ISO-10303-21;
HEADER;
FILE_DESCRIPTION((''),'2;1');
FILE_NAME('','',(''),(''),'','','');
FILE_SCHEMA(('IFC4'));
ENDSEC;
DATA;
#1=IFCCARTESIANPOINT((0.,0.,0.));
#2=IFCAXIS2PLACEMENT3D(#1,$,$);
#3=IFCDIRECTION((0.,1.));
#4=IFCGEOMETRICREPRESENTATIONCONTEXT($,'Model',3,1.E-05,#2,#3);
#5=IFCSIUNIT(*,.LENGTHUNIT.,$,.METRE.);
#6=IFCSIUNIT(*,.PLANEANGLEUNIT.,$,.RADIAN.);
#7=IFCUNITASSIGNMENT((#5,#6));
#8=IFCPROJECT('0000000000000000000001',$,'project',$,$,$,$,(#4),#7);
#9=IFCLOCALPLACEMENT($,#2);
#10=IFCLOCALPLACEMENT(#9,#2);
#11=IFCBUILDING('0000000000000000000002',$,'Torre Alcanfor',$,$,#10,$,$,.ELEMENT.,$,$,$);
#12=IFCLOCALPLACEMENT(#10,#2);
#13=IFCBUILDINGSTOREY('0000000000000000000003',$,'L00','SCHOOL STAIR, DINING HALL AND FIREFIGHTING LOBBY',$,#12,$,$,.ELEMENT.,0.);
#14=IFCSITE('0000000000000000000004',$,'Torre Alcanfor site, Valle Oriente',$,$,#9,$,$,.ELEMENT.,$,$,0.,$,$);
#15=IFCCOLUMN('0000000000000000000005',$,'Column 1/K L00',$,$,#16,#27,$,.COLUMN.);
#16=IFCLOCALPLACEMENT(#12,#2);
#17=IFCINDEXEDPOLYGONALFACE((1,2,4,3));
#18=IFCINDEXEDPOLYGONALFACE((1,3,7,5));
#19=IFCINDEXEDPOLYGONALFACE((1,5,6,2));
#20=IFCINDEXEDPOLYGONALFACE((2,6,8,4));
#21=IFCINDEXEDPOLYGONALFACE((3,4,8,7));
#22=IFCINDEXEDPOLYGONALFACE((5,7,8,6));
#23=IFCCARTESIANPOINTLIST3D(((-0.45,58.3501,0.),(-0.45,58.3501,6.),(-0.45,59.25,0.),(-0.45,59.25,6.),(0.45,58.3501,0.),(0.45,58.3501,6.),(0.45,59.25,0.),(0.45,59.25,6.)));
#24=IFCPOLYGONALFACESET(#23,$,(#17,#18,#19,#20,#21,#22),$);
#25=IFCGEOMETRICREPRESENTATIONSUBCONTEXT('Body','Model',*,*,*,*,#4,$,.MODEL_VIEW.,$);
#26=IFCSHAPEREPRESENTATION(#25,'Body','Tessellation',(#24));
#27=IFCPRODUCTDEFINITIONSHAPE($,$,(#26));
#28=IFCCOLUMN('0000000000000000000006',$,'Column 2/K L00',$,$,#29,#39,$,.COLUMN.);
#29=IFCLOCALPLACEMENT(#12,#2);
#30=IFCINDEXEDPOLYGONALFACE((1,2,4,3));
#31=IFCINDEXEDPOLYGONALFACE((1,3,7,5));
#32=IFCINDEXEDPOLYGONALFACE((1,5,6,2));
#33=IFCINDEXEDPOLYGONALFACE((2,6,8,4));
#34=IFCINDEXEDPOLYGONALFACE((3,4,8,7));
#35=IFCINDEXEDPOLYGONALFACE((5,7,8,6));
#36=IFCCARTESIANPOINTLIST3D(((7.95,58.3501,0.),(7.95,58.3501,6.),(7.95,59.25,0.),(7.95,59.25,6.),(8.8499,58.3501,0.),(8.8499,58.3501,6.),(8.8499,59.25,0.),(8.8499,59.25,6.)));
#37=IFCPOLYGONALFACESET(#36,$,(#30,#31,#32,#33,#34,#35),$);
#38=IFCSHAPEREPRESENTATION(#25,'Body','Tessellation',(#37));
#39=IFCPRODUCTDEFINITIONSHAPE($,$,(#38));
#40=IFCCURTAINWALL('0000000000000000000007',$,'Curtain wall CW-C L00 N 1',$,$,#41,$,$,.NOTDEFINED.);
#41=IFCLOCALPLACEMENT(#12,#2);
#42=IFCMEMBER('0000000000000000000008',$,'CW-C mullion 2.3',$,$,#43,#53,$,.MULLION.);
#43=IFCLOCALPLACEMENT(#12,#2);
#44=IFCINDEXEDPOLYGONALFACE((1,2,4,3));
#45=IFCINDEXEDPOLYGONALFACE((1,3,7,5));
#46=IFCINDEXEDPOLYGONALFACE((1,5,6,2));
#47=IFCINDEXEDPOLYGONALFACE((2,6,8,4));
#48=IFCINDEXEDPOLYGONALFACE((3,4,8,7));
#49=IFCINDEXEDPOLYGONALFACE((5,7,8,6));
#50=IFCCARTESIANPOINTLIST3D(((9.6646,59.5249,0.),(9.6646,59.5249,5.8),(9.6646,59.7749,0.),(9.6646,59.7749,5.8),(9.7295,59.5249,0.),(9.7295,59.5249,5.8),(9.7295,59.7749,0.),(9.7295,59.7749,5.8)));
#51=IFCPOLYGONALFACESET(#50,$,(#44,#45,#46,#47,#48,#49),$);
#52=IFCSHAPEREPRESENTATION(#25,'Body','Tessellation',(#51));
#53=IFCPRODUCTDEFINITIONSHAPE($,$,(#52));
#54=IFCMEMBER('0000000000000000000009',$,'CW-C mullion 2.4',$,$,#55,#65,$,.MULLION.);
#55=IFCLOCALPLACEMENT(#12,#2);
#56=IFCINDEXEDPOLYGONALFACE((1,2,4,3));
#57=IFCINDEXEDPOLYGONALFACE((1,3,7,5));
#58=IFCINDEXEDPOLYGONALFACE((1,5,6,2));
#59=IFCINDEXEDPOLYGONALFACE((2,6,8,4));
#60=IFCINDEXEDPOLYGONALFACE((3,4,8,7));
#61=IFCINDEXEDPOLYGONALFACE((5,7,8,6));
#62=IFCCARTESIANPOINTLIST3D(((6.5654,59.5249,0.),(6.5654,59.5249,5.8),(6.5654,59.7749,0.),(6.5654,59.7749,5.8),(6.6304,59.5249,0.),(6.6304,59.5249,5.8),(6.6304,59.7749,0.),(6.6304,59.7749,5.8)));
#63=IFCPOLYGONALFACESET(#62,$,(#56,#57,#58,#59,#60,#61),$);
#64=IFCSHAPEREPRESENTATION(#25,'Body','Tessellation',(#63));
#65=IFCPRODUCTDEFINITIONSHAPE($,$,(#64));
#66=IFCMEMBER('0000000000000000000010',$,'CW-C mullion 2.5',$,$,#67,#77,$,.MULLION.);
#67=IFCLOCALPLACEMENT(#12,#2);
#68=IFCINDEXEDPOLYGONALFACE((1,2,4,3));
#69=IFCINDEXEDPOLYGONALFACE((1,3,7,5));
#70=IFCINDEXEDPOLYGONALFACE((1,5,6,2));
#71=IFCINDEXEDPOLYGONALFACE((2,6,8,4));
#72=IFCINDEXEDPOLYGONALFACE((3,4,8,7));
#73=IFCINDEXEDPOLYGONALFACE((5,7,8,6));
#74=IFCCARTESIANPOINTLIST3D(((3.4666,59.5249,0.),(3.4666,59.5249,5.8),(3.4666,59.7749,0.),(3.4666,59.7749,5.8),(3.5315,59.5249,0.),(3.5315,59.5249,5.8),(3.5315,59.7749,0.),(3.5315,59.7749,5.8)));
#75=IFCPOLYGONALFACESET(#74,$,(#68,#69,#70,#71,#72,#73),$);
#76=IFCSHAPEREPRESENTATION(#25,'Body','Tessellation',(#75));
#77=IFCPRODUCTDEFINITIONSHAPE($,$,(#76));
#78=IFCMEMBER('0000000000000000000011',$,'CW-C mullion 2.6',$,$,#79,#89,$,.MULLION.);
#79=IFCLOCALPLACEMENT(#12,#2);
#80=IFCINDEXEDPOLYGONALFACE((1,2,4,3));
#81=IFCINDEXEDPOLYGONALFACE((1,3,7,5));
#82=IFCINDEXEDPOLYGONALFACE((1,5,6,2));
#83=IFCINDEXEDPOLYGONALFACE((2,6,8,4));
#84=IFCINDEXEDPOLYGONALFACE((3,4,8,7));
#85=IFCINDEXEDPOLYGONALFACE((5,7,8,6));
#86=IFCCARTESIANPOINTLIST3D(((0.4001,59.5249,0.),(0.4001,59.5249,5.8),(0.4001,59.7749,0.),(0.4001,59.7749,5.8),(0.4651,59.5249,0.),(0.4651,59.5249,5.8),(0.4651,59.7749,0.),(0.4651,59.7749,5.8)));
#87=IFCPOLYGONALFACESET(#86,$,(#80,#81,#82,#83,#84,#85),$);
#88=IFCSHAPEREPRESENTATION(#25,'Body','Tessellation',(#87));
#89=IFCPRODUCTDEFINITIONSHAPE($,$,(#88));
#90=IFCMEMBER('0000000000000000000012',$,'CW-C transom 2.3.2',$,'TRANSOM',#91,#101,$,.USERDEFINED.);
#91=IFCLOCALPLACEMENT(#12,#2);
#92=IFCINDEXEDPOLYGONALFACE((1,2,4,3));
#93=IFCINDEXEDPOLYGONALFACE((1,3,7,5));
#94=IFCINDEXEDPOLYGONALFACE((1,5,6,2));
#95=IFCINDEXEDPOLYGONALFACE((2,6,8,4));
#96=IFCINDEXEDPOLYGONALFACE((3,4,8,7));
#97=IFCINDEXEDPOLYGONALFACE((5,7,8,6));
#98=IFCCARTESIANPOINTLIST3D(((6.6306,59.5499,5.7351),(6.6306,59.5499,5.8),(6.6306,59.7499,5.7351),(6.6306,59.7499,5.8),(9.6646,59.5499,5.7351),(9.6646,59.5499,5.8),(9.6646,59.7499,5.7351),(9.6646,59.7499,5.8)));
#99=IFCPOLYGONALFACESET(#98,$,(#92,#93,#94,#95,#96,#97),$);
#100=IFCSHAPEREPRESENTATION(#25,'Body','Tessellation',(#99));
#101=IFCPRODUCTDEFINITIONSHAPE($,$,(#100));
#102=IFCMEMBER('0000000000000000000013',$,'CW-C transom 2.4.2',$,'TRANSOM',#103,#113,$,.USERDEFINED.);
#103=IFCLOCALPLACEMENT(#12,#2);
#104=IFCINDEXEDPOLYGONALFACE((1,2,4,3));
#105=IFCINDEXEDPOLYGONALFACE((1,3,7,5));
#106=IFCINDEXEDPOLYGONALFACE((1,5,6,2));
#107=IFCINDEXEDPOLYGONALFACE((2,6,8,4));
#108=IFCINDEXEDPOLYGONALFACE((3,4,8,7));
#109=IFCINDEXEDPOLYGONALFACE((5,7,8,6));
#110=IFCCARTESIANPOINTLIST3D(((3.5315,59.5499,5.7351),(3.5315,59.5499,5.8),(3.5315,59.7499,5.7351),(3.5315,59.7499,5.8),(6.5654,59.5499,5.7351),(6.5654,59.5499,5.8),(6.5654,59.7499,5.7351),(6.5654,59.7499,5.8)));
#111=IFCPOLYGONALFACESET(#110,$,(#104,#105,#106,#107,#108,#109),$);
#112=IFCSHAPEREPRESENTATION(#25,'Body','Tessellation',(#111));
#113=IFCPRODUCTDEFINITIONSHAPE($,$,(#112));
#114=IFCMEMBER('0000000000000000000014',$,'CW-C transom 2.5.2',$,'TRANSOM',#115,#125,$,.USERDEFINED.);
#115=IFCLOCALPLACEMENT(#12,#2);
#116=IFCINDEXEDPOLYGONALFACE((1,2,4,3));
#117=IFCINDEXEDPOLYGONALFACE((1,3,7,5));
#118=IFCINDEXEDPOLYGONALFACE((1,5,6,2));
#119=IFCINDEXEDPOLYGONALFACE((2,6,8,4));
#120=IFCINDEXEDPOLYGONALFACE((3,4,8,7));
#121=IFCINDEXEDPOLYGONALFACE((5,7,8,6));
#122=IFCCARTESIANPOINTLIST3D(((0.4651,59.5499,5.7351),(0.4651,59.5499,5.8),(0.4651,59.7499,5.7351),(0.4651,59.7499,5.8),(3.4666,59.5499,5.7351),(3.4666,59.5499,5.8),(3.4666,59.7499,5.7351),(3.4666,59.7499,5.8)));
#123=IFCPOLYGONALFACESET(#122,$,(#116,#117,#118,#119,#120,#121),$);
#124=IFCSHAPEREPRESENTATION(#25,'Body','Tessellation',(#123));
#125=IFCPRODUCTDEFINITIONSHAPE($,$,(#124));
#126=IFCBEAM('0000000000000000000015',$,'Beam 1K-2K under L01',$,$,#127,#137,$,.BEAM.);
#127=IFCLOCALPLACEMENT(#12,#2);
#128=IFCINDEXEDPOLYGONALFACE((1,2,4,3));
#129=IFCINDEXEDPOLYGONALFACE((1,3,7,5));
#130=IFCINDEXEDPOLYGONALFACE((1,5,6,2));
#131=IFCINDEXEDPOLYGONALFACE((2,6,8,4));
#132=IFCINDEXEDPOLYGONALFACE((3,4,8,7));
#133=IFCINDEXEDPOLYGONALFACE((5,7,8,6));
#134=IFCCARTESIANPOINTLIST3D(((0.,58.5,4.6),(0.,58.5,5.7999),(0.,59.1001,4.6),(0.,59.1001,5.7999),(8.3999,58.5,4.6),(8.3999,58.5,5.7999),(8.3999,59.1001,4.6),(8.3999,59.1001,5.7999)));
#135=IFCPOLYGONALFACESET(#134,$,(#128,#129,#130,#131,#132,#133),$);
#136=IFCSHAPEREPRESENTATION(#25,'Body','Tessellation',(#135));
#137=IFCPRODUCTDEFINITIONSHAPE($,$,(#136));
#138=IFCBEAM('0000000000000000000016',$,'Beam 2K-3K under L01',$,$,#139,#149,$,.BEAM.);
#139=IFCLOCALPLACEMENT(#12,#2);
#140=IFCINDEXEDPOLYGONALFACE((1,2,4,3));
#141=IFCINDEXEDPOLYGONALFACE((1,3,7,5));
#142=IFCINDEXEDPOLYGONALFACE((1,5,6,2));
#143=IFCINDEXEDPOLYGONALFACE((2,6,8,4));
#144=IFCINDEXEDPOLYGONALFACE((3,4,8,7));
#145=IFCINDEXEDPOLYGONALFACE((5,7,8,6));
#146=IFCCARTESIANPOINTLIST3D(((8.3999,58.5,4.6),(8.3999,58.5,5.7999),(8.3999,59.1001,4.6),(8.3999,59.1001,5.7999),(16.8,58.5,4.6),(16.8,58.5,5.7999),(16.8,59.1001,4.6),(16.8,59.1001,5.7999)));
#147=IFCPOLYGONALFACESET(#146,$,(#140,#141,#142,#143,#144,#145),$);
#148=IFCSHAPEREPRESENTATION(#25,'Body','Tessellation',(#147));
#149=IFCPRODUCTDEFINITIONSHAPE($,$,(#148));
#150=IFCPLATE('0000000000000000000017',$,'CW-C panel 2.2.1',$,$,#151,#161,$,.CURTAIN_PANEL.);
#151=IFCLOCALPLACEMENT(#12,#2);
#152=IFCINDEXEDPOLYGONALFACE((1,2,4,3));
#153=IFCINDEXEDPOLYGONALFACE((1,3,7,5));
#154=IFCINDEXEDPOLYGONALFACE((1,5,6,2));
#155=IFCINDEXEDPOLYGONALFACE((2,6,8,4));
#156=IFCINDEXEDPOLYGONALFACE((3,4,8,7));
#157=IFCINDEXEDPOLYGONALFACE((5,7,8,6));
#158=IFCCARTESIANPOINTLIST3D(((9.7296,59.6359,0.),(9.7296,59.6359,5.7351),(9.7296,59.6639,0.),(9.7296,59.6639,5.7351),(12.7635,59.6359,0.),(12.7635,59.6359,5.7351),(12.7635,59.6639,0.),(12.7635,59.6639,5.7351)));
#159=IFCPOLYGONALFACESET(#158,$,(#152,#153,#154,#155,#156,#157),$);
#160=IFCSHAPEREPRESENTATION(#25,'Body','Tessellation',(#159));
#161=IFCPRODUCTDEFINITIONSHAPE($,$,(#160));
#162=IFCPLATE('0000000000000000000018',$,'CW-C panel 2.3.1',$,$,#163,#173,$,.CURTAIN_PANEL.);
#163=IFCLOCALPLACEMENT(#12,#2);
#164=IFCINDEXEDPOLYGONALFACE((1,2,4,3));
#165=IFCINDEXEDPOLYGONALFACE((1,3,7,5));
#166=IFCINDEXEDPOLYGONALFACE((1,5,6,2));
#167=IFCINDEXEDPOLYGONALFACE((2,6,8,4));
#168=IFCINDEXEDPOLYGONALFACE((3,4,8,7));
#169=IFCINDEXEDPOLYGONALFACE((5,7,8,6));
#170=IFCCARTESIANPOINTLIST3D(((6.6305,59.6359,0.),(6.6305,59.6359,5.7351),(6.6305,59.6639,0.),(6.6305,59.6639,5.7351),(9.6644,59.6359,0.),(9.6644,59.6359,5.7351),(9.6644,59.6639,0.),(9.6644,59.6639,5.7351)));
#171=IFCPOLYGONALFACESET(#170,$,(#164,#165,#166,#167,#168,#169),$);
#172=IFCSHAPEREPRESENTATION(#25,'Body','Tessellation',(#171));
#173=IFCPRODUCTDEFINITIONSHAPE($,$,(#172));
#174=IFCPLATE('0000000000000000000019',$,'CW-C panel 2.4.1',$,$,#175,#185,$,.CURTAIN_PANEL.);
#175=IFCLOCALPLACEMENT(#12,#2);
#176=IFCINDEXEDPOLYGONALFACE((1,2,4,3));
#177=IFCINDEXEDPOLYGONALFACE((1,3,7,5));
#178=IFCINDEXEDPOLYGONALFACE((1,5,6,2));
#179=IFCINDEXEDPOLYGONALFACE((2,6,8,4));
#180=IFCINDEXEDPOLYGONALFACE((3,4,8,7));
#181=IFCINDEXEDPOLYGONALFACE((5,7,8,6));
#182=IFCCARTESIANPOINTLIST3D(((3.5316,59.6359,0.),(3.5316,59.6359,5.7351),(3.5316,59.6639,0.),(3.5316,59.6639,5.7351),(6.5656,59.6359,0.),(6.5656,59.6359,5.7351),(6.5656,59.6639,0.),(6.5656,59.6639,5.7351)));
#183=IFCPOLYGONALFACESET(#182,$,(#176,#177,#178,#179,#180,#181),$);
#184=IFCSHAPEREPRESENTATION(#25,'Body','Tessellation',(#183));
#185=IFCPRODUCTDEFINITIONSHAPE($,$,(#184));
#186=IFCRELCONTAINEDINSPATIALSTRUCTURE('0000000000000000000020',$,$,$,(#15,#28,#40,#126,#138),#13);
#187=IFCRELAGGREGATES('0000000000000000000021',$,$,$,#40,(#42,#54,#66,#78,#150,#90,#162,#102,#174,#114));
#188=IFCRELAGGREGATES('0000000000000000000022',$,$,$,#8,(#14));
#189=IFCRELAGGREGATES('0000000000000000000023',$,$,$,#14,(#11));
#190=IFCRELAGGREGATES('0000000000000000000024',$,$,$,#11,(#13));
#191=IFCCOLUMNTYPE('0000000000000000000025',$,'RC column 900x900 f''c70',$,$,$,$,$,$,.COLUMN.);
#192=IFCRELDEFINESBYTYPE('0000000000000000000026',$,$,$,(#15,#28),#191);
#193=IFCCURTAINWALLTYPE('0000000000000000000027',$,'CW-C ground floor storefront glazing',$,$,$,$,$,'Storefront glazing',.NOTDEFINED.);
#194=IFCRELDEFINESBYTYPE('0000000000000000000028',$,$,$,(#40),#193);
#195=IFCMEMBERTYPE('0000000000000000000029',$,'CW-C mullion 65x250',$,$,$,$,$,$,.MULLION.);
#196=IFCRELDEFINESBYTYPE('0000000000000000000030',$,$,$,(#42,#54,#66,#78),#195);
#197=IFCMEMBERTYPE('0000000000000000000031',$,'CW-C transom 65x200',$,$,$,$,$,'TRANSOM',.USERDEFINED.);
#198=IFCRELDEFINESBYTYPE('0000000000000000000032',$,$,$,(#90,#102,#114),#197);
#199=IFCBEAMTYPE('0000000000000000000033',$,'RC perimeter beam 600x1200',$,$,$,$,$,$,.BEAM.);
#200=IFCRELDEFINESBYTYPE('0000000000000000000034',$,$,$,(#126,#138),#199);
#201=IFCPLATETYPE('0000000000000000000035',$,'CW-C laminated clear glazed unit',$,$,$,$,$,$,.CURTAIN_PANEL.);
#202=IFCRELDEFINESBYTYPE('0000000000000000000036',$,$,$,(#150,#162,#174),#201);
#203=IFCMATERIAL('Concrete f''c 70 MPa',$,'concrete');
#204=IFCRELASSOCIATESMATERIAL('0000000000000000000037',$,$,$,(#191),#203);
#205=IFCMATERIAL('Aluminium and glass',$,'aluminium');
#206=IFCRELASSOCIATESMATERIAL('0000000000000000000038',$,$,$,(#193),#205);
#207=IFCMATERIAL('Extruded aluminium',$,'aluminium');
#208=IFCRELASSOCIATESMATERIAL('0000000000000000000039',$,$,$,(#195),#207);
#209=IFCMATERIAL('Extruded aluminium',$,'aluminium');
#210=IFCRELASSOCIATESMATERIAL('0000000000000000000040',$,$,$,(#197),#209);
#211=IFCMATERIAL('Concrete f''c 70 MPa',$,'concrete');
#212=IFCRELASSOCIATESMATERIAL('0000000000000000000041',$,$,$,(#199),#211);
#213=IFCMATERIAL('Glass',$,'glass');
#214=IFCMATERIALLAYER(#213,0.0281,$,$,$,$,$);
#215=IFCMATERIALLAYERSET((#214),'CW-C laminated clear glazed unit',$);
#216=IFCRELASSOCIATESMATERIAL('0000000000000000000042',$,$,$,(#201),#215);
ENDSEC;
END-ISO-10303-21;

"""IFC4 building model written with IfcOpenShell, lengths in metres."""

from ifc_helpers import new_model, si_unit, direction, frame, origin, origin_2d, place, context, subcontext, project, spatial, rectangle, extrude, material, layer, layer_set, material_profile, profile_set, type_object, element, aggregate, save


model = new_model("IFC4")

# Units and contexts
model_context = context("Model", 3, precision=1e-05, world=origin(), true_north=direction((0.0, 1.0)))
body_context = subcontext(model_context, "Body", "Model", "MODEL_VIEW")
ifc_project = project(units=[si_unit("LENGTHUNIT", "METRE"), si_unit("PLANEANGLEUNIT", "RADIAN")], contexts=[model_context])

# Site, building, storey
site_placement = place(None, origin())
site = spatial("IfcSite", under=ifc_project, at=site_placement, Name="Torre Alcanfor site, Valle Oriente", CompositionType="ELEMENT", RefElevation=0.0)
building_placement = place(site_placement, origin())
building = spatial("IfcBuilding", under=site, at=building_placement, Name="Torre Alcanfor", CompositionType="ELEMENT")
storey_placement = place(building_placement, origin())
storey = spatial("IfcBuildingStorey", under=building, at=storey_placement, Name="L00", Description="SCHOOL STAIR, DINING HALL AND FIREFIGHTING LOBBY", CompositionType="ELEMENT", Elevation=0.0)

# Columns
ifc_material_1 = material(Name="Concrete f'c 70 MPa", Category="concrete")
ifc_material_profile_1 = material_profile(ifc_material_1, rectangle(XDim=0.8999, YDim=0.8999, at=origin_2d()), Name="900x900")
ifc_profile_set_1 = profile_set([ifc_material_profile_1], Name="Concrete f'c 70 MPa")
column_type = type_object("IfcColumnType", Name="RC column 900x900 f'c70", PredefinedType="COLUMN", material=ifc_profile_set_1)
for number, where, z_axis, x_axis, name in (
    (1, (0.0, 58.8, 0.0), (0.0, 0.0, 1.0), (1.0, 0.0, 0.0), "Column 1/K L00"),
    (2, (8.3999, 58.8, 0.0), (0.0, 0.0, 1.0), (1.0, 0.0, 0.0), "Column 2/K L00"),
):
    element("IfcColumn", number, at=place(storey_placement, frame(where, z_axis=z_axis, x_axis=x_axis)), inside=storey, type_object=column_type, Name=name, PredefinedType="COLUMN", context=body_context, shape_type="SweptSolid", body=[
        extrude(rectangle(XDim=0.8999, YDim=0.8999, at=origin_2d()), origin(), (0.0, 0.0, 1.0), 6.0),
    ])

# Curtain wall, members
ifc_material_2 = material(Name="Aluminium and glass", Category="aluminium")
curtain_wall_type = type_object("IfcCurtainWallType", Name="CW-C ground floor storefront glazing", ElementType="Storefront glazing", PredefinedType="NOTDEFINED", material=ifc_material_2)
curtain_wall_placement = place(storey_placement, origin())
curtain_wall = element("IfcCurtainWall", 3, at=curtain_wall_placement, inside=storey, type_object=curtain_wall_type, Name="Curtain wall CW-C L00 N 1", PredefinedType="NOTDEFINED")
ifc_material_3 = material(Name="Extruded aluminium", Category="aluminium")
ifc_material_profile_2 = material_profile(ifc_material_3, rectangle(XDim=0.25, YDim=0.0649, at=origin_2d()), Name="CW-C mullion 65x250")
ifc_profile_set_2 = profile_set([ifc_material_profile_2], Name="Extruded aluminium")
member_type_1 = type_object("IfcMemberType", Name="CW-C mullion 65x250", PredefinedType="MULLION", material=ifc_profile_set_2)
member_1_placement = place(storey_placement, frame((9.697, 59.6499, 0.0), z_axis=(0.0, 0.0, 1.0), x_axis=(0.0, -1.0, 0.0)))
member_1 = element("IfcMember", 4, at=member_1_placement, type_object=member_type_1, Name="CW-C mullion 2.3", PredefinedType="MULLION", context=body_context, shape_type="SweptSolid", body=[
    extrude(rectangle(XDim=0.25, YDim=0.0649, at=origin_2d()), origin(), (0.0, 0.0, 1.0), 5.8),
])
member_2_placement = place(storey_placement, frame((6.5979, 59.6499, 0.0), z_axis=(0.0, 0.0, 1.0), x_axis=(0.0, -1.0, 0.0)))
member_2 = element("IfcMember", 5, at=member_2_placement, type_object=member_type_1, Name="CW-C mullion 2.4", PredefinedType="MULLION", context=body_context, shape_type="SweptSolid", body=[
    extrude(rectangle(XDim=0.25, YDim=0.0649, at=origin_2d()), origin(), (0.0, 0.0, 1.0), 5.8),
])
member_3_placement = place(storey_placement, frame((3.499, 59.6499, 0.0), z_axis=(0.0, 0.0, 1.0), x_axis=(0.0, -1.0, 0.0)))
member_3 = element("IfcMember", 6, at=member_3_placement, type_object=member_type_1, Name="CW-C mullion 2.5", PredefinedType="MULLION", context=body_context, shape_type="SweptSolid", body=[
    extrude(rectangle(XDim=0.25, YDim=0.0649, at=origin_2d()), origin(), (0.0, 0.0, 1.0), 5.8),
])
member_4_placement = place(storey_placement, frame((0.4326, 59.6499, 0.0), z_axis=(0.0, 0.0, 1.0), x_axis=(0.0, -1.0, 0.0)))
member_4 = element("IfcMember", 7, at=member_4_placement, type_object=member_type_1, Name="CW-C mullion 2.6", PredefinedType="MULLION", context=body_context, shape_type="SweptSolid", body=[
    extrude(rectangle(XDim=0.25, YDim=0.0649, at=origin_2d()), origin(), (0.0, 0.0, 1.0), 5.8),
])
ifc_material_4 = material(Name="Extruded aluminium", Category="aluminium")
ifc_material_profile_3 = material_profile(ifc_material_4, rectangle(XDim=0.2, YDim=0.0649, at=origin_2d()), Name="CW-C transom 200x65")
ifc_profile_set_3 = profile_set([ifc_material_profile_3], Name="Extruded aluminium")
member_type_2 = type_object("IfcMemberType", Name="CW-C transom 65x200", ElementType="TRANSOM", PredefinedType="USERDEFINED", material=ifc_profile_set_3)
member_5_placement = place(storey_placement, frame((9.6646, 59.6499, 5.7676), z_axis=(-1.0, 0.0, 0.0), x_axis=(0.0, -1.0, 0.0)))
member_5 = element("IfcMember", 8, at=member_5_placement, type_object=member_type_2, Name="CW-C transom 2.3.2", ObjectType="TRANSOM", PredefinedType="USERDEFINED", context=body_context, shape_type="SweptSolid", body=[
    extrude(rectangle(XDim=0.2, YDim=0.0649, at=origin_2d()), origin(), (0.0, 0.0, 1.0), 3.0339),
])
member_6_placement = place(storey_placement, frame((6.5654, 59.6499, 5.7676), z_axis=(-1.0, 0.0, 0.0), x_axis=(0.0, -1.0, 0.0)))
member_6 = element("IfcMember", 9, at=member_6_placement, type_object=member_type_2, Name="CW-C transom 2.4.2", ObjectType="TRANSOM", PredefinedType="USERDEFINED", context=body_context, shape_type="SweptSolid", body=[
    extrude(rectangle(XDim=0.2, YDim=0.0649, at=origin_2d()), origin(), (0.0, 0.0, 1.0), 3.0339),
])
member_7_placement = place(storey_placement, frame((3.4666, 59.6499, 5.7676), z_axis=(-1.0, 0.0, 0.0), x_axis=(0.0, -1.0, 0.0)))
member_7 = element("IfcMember", 10, at=member_7_placement, type_object=member_type_2, Name="CW-C transom 2.5.2", ObjectType="TRANSOM", PredefinedType="USERDEFINED", context=body_context, shape_type="SweptSolid", body=[
    extrude(rectangle(XDim=0.2, YDim=0.0649, at=origin_2d()), origin(), (0.0, 0.0, 1.0), 3.0015),
])

# Beams
ifc_material_5 = material(Name="Concrete f'c 70 MPa", Category="concrete")
ifc_material_profile_4 = material_profile(ifc_material_5, rectangle(XDim=0.6001, YDim=1.2, at=origin_2d()), Name="600x1200")
ifc_profile_set_4 = profile_set([ifc_material_profile_4], Name="Concrete f'c 70 MPa")
beam_type = type_object("IfcBeamType", Name="RC perimeter beam 600x1200", PredefinedType="BEAM", material=ifc_profile_set_4)
beam_1_placement = place(storey_placement, frame((0.0, 58.8, 5.2), z_axis=(1.0, 0.0, 0.0), x_axis=(0.0, 1.0, 0.0)))
element("IfcBeam", 11, at=beam_1_placement, inside=storey, type_object=beam_type, Name="Beam 1K-2K under L01", PredefinedType="BEAM", context=body_context, shape_type="SweptSolid", body=[
    extrude(rectangle(XDim=0.6001, YDim=1.2, at=origin_2d()), origin(), (0.0, 0.0, 1.0), 8.3999),
])
beam_2_placement = place(storey_placement, frame((8.3999, 58.8, 5.2), z_axis=(1.0, 0.0, 0.0), x_axis=(0.0, 1.0, 0.0)))
element("IfcBeam", 12, at=beam_2_placement, inside=storey, type_object=beam_type, Name="Beam 2K-3K under L01", PredefinedType="BEAM", context=body_context, shape_type="SweptSolid", body=[
    extrude(rectangle(XDim=0.6001, YDim=1.2, at=origin_2d()), origin(), (0.0, 0.0, 1.0), 8.4001),
])

# Plates
ifc_material_6 = material(Name="Glass", Category="glass")
ifc_layer_1 = layer(ifc_material_6, 0.0281)
ifc_layer_set_1 = layer_set([ifc_layer_1], Name="CW-C laminated clear glazed unit")
plate_type = type_object("IfcPlateType", Name="CW-C laminated clear glazed unit", PredefinedType="CURTAIN_PANEL", material=ifc_layer_set_1)
plate_1_placement = place(storey_placement, frame((11.2466, 59.6499, 0.0), z_axis=(0.0, 0.0, 1.0), x_axis=(-1.0, 0.0, 0.0)))
plate_1 = element("IfcPlate", 13, at=plate_1_placement, type_object=plate_type, Name="CW-C panel 2.2.1", PredefinedType="CURTAIN_PANEL", context=body_context, shape_type="SweptSolid", body=[
    extrude(rectangle(XDim=3.0339, YDim=0.0281, at=origin_2d()), origin(), (0.0, 0.0, 1.0), 5.7351),
])
plate_2_placement = place(storey_placement, frame((8.1475, 59.6499, 0.0), z_axis=(0.0, 0.0, 1.0), x_axis=(-1.0, 0.0, 0.0)))
plate_2 = element("IfcPlate", 14, at=plate_2_placement, type_object=plate_type, Name="CW-C panel 2.3.1", PredefinedType="CURTAIN_PANEL", context=body_context, shape_type="SweptSolid", body=[
    extrude(rectangle(XDim=3.0339, YDim=0.0281, at=origin_2d()), origin(), (0.0, 0.0, 1.0), 5.7351),
])
plate_3_placement = place(storey_placement, frame((5.0486, 59.6499, 0.0), z_axis=(0.0, 0.0, 1.0), x_axis=(-1.0, 0.0, 0.0)))
plate_3 = element("IfcPlate", 15, at=plate_3_placement, type_object=plate_type, Name="CW-C panel 2.4.1", PredefinedType="CURTAIN_PANEL", context=body_context, shape_type="SweptSolid", body=[
    extrude(rectangle(XDim=3.0339, YDim=0.0281, at=origin_2d()), origin(), (0.0, 0.0, 1.0), 5.7351),
])
aggregate(curtain_wall, [member_1, member_2, member_3, member_4, plate_1, member_5, plate_2, member_6, plate_3, member_7])

save(model, "model.ifc")
